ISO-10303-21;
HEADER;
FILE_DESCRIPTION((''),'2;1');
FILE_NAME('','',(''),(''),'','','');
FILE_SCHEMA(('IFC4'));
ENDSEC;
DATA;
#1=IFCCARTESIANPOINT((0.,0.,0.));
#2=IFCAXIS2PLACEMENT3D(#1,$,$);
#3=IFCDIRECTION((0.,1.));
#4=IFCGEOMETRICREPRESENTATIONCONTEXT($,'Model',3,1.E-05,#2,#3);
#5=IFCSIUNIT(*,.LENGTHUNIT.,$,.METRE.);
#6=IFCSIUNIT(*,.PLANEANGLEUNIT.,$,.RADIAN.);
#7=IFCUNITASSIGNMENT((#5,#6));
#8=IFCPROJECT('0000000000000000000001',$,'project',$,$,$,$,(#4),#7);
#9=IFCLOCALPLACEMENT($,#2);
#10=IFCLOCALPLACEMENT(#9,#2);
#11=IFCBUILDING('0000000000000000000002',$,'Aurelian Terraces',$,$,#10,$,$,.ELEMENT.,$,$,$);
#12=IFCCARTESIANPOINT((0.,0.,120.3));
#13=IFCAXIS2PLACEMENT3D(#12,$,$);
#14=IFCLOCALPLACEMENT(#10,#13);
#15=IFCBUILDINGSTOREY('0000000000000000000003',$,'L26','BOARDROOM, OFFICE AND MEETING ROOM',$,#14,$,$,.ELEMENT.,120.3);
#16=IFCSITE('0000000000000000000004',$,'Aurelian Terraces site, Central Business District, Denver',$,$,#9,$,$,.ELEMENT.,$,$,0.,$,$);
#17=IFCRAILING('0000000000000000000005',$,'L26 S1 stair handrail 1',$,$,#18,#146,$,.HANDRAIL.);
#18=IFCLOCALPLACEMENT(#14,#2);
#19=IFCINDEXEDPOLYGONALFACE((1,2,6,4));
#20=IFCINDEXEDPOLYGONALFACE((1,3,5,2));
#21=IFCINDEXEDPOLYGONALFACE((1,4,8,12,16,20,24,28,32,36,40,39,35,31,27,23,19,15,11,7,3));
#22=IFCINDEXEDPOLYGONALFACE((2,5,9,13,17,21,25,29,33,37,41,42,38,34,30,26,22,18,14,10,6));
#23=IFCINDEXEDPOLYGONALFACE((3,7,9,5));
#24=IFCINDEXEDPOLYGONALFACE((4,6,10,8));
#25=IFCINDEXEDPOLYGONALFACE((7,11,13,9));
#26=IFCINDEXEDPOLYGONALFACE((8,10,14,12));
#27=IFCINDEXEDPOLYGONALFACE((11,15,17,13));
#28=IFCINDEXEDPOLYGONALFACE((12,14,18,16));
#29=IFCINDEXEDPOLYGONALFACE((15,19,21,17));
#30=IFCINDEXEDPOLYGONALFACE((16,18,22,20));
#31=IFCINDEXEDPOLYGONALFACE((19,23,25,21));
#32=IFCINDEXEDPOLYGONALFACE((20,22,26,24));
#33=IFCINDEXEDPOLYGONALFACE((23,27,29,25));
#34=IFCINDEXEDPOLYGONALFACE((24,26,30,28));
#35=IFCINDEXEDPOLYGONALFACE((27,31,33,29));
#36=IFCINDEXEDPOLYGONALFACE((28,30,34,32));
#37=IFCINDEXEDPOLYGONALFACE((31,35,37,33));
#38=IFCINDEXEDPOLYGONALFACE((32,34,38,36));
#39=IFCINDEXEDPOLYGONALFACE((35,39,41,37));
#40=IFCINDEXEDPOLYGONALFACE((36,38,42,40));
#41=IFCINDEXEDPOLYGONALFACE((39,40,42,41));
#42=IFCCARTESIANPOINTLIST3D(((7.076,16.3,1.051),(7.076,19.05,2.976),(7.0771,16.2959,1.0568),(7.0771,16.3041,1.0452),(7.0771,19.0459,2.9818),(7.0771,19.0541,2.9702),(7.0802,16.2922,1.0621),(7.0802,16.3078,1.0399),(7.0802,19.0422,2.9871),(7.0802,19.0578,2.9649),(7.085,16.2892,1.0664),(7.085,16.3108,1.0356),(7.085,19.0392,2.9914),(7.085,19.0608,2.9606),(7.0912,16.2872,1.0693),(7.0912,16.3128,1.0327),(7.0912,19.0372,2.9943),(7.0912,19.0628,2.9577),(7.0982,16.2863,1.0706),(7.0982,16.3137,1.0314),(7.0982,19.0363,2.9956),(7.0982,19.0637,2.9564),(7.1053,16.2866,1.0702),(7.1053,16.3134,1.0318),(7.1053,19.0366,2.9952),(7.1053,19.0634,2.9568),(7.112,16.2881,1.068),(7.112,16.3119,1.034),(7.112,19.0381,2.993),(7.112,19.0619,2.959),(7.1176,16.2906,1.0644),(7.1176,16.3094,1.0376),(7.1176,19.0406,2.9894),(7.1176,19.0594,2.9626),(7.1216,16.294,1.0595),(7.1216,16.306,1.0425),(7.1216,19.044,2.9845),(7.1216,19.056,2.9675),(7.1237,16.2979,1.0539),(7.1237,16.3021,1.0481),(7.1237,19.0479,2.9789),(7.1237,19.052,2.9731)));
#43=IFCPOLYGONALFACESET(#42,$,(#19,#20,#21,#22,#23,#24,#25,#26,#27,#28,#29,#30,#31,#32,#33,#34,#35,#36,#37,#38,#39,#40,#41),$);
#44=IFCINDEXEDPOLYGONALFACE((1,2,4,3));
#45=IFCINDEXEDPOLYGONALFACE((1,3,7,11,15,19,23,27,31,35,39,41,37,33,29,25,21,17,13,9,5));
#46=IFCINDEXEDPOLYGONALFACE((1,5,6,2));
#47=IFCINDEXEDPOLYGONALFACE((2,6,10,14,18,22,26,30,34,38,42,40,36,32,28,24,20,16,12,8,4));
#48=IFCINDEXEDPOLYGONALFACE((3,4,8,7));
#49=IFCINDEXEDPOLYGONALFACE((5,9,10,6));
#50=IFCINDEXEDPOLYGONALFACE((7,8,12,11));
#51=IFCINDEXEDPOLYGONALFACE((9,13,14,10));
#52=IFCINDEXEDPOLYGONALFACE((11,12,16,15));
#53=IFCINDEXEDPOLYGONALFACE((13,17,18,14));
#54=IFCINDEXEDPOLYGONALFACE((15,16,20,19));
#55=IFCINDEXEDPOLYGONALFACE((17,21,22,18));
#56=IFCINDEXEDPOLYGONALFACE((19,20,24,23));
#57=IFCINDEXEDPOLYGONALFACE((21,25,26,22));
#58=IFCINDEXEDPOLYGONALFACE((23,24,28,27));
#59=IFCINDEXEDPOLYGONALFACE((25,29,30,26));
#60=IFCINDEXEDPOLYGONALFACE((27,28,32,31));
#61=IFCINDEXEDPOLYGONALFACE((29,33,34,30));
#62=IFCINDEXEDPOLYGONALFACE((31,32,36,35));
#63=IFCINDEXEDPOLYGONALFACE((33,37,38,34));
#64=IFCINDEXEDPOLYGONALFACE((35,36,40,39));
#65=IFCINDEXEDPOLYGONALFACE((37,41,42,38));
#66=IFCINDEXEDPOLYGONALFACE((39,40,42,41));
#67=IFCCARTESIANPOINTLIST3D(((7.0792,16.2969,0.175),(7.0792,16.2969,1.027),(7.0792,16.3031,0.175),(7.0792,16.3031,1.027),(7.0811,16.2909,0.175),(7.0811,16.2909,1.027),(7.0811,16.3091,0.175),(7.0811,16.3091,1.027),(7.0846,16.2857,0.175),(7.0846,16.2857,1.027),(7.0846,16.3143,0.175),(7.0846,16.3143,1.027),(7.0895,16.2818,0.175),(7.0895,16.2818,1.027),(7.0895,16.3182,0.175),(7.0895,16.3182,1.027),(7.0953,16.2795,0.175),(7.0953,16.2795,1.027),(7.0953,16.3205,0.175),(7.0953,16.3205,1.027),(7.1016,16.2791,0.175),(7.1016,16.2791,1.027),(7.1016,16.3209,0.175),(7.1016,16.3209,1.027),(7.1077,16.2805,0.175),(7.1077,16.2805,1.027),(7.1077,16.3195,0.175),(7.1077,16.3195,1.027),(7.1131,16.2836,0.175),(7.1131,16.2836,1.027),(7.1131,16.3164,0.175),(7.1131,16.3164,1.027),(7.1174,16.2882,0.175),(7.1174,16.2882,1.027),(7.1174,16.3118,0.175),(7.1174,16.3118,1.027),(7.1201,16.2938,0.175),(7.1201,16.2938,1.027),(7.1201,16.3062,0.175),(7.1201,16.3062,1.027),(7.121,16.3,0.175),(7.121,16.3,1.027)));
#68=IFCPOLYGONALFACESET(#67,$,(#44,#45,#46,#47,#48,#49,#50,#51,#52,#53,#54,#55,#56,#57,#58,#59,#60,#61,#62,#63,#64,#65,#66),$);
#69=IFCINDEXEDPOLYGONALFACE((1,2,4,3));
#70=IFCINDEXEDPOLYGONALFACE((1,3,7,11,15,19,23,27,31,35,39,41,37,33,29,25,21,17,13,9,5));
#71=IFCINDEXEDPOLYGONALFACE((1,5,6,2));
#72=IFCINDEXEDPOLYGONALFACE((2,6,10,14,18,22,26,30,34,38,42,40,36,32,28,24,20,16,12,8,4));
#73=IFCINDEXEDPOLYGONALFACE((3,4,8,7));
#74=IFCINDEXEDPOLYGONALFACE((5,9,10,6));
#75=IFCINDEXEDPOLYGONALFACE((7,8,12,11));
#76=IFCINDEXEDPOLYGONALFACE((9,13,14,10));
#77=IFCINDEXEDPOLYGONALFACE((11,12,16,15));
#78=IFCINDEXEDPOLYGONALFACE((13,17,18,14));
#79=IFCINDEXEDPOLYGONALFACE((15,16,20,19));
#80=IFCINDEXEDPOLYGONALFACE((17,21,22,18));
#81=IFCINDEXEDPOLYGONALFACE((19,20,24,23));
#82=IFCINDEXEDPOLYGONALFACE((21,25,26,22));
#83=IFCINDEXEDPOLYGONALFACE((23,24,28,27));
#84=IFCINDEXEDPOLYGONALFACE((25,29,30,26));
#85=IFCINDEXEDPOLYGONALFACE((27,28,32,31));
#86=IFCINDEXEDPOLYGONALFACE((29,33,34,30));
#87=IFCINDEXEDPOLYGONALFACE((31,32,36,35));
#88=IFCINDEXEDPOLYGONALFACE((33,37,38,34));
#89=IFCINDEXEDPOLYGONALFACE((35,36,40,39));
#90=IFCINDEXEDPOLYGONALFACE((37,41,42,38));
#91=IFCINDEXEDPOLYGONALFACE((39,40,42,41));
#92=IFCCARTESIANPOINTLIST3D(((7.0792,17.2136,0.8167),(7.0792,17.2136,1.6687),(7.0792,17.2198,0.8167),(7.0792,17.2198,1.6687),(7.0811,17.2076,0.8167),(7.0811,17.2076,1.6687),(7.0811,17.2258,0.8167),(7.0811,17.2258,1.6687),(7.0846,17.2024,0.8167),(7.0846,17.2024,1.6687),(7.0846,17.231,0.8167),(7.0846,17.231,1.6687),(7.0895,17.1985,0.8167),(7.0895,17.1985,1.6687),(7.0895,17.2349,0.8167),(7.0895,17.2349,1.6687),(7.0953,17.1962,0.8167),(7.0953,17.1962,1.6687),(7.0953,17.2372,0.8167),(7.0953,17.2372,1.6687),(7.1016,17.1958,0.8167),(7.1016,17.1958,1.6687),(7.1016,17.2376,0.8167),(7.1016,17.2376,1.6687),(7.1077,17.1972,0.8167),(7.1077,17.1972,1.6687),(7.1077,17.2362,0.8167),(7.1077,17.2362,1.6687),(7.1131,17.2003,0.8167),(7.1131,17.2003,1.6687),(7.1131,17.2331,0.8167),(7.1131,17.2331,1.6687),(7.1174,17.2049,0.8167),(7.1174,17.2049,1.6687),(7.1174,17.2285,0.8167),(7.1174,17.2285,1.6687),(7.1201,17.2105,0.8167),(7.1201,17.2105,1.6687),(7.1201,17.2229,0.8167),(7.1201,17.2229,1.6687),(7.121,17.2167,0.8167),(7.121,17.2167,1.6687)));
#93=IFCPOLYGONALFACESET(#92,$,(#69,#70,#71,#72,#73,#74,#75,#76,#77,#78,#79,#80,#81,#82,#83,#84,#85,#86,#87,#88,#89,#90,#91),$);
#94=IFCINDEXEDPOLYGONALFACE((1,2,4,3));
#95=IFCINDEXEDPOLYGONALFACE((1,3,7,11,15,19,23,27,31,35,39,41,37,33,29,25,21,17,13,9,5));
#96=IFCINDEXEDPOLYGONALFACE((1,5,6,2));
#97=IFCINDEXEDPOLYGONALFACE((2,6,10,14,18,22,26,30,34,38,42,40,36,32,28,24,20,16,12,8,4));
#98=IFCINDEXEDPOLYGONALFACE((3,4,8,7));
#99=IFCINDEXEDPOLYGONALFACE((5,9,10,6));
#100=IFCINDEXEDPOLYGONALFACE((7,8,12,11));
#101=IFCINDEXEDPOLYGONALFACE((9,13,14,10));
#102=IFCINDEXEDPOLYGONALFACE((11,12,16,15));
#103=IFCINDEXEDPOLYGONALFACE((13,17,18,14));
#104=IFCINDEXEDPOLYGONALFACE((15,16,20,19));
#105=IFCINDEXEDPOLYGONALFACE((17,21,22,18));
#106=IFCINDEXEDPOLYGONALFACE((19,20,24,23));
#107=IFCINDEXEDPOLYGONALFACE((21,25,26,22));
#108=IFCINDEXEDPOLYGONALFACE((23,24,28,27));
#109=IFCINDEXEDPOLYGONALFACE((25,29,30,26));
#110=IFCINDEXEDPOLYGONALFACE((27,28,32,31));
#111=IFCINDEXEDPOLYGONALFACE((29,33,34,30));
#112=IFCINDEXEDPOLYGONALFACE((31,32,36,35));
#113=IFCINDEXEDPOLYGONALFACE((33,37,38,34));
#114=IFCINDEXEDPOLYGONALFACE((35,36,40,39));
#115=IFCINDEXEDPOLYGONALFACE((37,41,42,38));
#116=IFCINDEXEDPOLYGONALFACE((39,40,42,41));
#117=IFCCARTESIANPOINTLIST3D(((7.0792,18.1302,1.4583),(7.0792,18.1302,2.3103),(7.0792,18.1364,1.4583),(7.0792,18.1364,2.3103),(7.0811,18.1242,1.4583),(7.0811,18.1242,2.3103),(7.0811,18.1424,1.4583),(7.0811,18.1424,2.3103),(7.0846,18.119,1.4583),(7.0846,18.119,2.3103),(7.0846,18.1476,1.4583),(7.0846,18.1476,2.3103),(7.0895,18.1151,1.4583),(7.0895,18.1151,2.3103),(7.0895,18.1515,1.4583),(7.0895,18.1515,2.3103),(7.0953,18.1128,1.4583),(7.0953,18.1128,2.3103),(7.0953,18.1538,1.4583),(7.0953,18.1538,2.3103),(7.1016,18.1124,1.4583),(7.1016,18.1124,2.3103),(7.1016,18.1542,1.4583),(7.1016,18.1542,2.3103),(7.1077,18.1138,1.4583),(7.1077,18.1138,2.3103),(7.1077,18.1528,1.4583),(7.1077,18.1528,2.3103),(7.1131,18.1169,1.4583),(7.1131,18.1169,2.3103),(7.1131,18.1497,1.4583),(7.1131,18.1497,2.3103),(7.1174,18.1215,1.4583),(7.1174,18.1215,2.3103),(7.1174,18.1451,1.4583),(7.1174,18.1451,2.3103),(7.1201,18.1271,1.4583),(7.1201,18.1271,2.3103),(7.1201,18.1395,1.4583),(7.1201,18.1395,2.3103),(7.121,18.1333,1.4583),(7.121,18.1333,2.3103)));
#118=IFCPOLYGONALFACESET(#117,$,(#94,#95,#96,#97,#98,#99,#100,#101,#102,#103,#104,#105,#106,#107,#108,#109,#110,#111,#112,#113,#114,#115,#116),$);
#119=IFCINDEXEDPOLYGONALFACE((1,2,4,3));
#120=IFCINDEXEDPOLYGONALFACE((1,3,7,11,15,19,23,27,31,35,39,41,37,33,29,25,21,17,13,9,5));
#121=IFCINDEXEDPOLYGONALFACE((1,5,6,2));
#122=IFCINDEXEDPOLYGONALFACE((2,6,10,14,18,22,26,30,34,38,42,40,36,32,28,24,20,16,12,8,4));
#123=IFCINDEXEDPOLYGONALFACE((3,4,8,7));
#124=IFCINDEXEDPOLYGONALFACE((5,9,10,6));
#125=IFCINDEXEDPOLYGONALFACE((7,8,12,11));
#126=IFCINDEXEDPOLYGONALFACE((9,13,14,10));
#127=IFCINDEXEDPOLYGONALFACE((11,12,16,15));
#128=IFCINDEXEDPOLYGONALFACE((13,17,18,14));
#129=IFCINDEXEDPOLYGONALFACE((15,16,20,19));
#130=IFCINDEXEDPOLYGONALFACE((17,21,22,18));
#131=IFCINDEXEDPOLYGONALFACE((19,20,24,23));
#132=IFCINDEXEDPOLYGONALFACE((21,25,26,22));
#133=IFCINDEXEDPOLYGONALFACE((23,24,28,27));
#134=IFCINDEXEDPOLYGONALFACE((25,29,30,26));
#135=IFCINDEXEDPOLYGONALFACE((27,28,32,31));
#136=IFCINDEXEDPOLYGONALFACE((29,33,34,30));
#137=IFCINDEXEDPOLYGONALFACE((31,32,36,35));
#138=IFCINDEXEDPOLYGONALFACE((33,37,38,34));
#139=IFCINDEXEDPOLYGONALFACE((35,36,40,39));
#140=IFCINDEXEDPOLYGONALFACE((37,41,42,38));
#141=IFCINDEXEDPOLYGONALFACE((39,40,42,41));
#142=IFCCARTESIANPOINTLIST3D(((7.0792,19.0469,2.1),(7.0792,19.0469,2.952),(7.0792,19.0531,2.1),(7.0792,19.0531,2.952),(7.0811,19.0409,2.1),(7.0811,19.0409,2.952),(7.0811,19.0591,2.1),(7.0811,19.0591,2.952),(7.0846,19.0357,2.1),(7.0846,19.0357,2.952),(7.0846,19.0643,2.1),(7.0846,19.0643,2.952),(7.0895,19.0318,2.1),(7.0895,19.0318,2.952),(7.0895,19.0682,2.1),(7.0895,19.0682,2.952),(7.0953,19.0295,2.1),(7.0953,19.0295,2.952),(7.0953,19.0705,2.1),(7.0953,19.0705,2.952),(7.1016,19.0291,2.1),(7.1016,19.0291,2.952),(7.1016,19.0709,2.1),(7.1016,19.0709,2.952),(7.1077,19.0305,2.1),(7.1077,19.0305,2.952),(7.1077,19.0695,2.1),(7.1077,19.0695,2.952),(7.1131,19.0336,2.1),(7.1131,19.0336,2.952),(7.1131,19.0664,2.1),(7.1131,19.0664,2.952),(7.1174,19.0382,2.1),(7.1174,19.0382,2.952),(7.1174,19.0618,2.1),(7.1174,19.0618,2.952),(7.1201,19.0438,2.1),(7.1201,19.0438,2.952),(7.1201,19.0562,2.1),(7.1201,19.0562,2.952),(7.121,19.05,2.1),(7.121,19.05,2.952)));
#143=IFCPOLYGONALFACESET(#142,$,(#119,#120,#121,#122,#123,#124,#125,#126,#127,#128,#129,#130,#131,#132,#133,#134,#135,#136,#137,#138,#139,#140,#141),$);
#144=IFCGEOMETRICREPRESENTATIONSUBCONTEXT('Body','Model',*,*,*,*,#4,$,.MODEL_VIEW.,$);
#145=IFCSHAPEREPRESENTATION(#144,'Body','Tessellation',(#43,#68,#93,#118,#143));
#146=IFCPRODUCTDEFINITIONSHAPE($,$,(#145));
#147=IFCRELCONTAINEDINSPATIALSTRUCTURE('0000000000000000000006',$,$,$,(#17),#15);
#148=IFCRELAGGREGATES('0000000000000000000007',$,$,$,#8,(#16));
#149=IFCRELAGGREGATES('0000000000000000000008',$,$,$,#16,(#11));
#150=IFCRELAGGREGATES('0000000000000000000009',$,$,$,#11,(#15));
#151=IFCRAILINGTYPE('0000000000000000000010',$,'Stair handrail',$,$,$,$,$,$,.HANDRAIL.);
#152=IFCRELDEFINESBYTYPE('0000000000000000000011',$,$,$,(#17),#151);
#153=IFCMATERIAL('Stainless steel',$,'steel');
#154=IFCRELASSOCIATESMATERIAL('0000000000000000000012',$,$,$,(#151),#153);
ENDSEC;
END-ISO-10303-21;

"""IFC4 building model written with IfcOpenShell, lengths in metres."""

from ifc_helpers import new_model, si_unit, direction, frame, origin, origin_2d, place, context, subcontext, project, spatial, circle, extrude, source, transform, mapped, material, type_object, element, save


model = new_model("IFC4")

# Units and contexts
model_context = context("Model", 3, precision=1e-05, world=origin(), true_north=direction((0.0, 1.0)))
body_context = subcontext(model_context, "Body", "Model", "MODEL_VIEW")
ifc_project = project(units=[si_unit("LENGTHUNIT", "METRE"), si_unit("PLANEANGLEUNIT", "RADIAN")], contexts=[model_context])

# Site, building, storey
site_placement = place(None, origin())
site = spatial("IfcSite", under=ifc_project, at=site_placement, Name="Aurelian Terraces site, Central Business District, Denver", CompositionType="ELEMENT", RefElevation=0.0)
building_placement = place(site_placement, origin())
building = spatial("IfcBuilding", under=site, at=building_placement, Name="Aurelian Terraces", CompositionType="ELEMENT")
storey_placement = place(building_placement, frame((0.0, 0.0, 120.3)))
storey = spatial("IfcBuildingStorey", under=building, at=storey_placement, Name="L26", Description="BOARDROOM, OFFICE AND MEETING ROOM", CompositionType="ELEMENT", Elevation=120.3)

# Shared definitions
ifc_material_1 = material(Name="Stainless steel", Category="steel")

# Railing
railing_type_1 = type_object("IfcRailingType", Name="Stair handrail", PredefinedType="HANDRAIL", material=ifc_material_1)
shared_shape_1 = source(origin(), body_context, "Body", "SweptSolid", [
    extrude(circle(Radius=0.024, at=origin_2d()), frame((0.0, 0.0, 0.876), z_axis=(0.0, 0.819232, 0.573462), x_axis=(-1.0, 0.0, 0.0)), (0.0, 0.0, 1.0), 3.3568),
    extrude(circle(Radius=0.021, at=origin_2d()), origin(), (0.0, 0.0, 1.0), 0.852),
    extrude(circle(Radius=0.021, at=origin_2d()), frame((0.0, 0.9167, 0.6417)), (0.0, 0.0, 1.0), 0.852),
    extrude(circle(Radius=0.021, at=origin_2d()), frame((0.0, 1.8333, 1.2833)), (0.0, 0.0, 1.0), 0.852),
    extrude(circle(Radius=0.021, at=origin_2d()), frame((0.0, 2.75, 1.925)), (0.0, 0.0, 1.0), 0.852),
])
railing_1_placement = place(storey_placement, frame((7.1, 16.3, 0.175)))
element("IfcRailing", 1, at=railing_1_placement, inside=storey, type_object=railing_type_1, Name="L26 S1 stair handrail 1", PredefinedType="HANDRAIL", context=body_context, shape_type="MappedRepresentation", body=[
    mapped(shared_shape_1, transform((0.0, 0.0, 0.0), scale=1.0)),
])

save(model, "model.ifc")
